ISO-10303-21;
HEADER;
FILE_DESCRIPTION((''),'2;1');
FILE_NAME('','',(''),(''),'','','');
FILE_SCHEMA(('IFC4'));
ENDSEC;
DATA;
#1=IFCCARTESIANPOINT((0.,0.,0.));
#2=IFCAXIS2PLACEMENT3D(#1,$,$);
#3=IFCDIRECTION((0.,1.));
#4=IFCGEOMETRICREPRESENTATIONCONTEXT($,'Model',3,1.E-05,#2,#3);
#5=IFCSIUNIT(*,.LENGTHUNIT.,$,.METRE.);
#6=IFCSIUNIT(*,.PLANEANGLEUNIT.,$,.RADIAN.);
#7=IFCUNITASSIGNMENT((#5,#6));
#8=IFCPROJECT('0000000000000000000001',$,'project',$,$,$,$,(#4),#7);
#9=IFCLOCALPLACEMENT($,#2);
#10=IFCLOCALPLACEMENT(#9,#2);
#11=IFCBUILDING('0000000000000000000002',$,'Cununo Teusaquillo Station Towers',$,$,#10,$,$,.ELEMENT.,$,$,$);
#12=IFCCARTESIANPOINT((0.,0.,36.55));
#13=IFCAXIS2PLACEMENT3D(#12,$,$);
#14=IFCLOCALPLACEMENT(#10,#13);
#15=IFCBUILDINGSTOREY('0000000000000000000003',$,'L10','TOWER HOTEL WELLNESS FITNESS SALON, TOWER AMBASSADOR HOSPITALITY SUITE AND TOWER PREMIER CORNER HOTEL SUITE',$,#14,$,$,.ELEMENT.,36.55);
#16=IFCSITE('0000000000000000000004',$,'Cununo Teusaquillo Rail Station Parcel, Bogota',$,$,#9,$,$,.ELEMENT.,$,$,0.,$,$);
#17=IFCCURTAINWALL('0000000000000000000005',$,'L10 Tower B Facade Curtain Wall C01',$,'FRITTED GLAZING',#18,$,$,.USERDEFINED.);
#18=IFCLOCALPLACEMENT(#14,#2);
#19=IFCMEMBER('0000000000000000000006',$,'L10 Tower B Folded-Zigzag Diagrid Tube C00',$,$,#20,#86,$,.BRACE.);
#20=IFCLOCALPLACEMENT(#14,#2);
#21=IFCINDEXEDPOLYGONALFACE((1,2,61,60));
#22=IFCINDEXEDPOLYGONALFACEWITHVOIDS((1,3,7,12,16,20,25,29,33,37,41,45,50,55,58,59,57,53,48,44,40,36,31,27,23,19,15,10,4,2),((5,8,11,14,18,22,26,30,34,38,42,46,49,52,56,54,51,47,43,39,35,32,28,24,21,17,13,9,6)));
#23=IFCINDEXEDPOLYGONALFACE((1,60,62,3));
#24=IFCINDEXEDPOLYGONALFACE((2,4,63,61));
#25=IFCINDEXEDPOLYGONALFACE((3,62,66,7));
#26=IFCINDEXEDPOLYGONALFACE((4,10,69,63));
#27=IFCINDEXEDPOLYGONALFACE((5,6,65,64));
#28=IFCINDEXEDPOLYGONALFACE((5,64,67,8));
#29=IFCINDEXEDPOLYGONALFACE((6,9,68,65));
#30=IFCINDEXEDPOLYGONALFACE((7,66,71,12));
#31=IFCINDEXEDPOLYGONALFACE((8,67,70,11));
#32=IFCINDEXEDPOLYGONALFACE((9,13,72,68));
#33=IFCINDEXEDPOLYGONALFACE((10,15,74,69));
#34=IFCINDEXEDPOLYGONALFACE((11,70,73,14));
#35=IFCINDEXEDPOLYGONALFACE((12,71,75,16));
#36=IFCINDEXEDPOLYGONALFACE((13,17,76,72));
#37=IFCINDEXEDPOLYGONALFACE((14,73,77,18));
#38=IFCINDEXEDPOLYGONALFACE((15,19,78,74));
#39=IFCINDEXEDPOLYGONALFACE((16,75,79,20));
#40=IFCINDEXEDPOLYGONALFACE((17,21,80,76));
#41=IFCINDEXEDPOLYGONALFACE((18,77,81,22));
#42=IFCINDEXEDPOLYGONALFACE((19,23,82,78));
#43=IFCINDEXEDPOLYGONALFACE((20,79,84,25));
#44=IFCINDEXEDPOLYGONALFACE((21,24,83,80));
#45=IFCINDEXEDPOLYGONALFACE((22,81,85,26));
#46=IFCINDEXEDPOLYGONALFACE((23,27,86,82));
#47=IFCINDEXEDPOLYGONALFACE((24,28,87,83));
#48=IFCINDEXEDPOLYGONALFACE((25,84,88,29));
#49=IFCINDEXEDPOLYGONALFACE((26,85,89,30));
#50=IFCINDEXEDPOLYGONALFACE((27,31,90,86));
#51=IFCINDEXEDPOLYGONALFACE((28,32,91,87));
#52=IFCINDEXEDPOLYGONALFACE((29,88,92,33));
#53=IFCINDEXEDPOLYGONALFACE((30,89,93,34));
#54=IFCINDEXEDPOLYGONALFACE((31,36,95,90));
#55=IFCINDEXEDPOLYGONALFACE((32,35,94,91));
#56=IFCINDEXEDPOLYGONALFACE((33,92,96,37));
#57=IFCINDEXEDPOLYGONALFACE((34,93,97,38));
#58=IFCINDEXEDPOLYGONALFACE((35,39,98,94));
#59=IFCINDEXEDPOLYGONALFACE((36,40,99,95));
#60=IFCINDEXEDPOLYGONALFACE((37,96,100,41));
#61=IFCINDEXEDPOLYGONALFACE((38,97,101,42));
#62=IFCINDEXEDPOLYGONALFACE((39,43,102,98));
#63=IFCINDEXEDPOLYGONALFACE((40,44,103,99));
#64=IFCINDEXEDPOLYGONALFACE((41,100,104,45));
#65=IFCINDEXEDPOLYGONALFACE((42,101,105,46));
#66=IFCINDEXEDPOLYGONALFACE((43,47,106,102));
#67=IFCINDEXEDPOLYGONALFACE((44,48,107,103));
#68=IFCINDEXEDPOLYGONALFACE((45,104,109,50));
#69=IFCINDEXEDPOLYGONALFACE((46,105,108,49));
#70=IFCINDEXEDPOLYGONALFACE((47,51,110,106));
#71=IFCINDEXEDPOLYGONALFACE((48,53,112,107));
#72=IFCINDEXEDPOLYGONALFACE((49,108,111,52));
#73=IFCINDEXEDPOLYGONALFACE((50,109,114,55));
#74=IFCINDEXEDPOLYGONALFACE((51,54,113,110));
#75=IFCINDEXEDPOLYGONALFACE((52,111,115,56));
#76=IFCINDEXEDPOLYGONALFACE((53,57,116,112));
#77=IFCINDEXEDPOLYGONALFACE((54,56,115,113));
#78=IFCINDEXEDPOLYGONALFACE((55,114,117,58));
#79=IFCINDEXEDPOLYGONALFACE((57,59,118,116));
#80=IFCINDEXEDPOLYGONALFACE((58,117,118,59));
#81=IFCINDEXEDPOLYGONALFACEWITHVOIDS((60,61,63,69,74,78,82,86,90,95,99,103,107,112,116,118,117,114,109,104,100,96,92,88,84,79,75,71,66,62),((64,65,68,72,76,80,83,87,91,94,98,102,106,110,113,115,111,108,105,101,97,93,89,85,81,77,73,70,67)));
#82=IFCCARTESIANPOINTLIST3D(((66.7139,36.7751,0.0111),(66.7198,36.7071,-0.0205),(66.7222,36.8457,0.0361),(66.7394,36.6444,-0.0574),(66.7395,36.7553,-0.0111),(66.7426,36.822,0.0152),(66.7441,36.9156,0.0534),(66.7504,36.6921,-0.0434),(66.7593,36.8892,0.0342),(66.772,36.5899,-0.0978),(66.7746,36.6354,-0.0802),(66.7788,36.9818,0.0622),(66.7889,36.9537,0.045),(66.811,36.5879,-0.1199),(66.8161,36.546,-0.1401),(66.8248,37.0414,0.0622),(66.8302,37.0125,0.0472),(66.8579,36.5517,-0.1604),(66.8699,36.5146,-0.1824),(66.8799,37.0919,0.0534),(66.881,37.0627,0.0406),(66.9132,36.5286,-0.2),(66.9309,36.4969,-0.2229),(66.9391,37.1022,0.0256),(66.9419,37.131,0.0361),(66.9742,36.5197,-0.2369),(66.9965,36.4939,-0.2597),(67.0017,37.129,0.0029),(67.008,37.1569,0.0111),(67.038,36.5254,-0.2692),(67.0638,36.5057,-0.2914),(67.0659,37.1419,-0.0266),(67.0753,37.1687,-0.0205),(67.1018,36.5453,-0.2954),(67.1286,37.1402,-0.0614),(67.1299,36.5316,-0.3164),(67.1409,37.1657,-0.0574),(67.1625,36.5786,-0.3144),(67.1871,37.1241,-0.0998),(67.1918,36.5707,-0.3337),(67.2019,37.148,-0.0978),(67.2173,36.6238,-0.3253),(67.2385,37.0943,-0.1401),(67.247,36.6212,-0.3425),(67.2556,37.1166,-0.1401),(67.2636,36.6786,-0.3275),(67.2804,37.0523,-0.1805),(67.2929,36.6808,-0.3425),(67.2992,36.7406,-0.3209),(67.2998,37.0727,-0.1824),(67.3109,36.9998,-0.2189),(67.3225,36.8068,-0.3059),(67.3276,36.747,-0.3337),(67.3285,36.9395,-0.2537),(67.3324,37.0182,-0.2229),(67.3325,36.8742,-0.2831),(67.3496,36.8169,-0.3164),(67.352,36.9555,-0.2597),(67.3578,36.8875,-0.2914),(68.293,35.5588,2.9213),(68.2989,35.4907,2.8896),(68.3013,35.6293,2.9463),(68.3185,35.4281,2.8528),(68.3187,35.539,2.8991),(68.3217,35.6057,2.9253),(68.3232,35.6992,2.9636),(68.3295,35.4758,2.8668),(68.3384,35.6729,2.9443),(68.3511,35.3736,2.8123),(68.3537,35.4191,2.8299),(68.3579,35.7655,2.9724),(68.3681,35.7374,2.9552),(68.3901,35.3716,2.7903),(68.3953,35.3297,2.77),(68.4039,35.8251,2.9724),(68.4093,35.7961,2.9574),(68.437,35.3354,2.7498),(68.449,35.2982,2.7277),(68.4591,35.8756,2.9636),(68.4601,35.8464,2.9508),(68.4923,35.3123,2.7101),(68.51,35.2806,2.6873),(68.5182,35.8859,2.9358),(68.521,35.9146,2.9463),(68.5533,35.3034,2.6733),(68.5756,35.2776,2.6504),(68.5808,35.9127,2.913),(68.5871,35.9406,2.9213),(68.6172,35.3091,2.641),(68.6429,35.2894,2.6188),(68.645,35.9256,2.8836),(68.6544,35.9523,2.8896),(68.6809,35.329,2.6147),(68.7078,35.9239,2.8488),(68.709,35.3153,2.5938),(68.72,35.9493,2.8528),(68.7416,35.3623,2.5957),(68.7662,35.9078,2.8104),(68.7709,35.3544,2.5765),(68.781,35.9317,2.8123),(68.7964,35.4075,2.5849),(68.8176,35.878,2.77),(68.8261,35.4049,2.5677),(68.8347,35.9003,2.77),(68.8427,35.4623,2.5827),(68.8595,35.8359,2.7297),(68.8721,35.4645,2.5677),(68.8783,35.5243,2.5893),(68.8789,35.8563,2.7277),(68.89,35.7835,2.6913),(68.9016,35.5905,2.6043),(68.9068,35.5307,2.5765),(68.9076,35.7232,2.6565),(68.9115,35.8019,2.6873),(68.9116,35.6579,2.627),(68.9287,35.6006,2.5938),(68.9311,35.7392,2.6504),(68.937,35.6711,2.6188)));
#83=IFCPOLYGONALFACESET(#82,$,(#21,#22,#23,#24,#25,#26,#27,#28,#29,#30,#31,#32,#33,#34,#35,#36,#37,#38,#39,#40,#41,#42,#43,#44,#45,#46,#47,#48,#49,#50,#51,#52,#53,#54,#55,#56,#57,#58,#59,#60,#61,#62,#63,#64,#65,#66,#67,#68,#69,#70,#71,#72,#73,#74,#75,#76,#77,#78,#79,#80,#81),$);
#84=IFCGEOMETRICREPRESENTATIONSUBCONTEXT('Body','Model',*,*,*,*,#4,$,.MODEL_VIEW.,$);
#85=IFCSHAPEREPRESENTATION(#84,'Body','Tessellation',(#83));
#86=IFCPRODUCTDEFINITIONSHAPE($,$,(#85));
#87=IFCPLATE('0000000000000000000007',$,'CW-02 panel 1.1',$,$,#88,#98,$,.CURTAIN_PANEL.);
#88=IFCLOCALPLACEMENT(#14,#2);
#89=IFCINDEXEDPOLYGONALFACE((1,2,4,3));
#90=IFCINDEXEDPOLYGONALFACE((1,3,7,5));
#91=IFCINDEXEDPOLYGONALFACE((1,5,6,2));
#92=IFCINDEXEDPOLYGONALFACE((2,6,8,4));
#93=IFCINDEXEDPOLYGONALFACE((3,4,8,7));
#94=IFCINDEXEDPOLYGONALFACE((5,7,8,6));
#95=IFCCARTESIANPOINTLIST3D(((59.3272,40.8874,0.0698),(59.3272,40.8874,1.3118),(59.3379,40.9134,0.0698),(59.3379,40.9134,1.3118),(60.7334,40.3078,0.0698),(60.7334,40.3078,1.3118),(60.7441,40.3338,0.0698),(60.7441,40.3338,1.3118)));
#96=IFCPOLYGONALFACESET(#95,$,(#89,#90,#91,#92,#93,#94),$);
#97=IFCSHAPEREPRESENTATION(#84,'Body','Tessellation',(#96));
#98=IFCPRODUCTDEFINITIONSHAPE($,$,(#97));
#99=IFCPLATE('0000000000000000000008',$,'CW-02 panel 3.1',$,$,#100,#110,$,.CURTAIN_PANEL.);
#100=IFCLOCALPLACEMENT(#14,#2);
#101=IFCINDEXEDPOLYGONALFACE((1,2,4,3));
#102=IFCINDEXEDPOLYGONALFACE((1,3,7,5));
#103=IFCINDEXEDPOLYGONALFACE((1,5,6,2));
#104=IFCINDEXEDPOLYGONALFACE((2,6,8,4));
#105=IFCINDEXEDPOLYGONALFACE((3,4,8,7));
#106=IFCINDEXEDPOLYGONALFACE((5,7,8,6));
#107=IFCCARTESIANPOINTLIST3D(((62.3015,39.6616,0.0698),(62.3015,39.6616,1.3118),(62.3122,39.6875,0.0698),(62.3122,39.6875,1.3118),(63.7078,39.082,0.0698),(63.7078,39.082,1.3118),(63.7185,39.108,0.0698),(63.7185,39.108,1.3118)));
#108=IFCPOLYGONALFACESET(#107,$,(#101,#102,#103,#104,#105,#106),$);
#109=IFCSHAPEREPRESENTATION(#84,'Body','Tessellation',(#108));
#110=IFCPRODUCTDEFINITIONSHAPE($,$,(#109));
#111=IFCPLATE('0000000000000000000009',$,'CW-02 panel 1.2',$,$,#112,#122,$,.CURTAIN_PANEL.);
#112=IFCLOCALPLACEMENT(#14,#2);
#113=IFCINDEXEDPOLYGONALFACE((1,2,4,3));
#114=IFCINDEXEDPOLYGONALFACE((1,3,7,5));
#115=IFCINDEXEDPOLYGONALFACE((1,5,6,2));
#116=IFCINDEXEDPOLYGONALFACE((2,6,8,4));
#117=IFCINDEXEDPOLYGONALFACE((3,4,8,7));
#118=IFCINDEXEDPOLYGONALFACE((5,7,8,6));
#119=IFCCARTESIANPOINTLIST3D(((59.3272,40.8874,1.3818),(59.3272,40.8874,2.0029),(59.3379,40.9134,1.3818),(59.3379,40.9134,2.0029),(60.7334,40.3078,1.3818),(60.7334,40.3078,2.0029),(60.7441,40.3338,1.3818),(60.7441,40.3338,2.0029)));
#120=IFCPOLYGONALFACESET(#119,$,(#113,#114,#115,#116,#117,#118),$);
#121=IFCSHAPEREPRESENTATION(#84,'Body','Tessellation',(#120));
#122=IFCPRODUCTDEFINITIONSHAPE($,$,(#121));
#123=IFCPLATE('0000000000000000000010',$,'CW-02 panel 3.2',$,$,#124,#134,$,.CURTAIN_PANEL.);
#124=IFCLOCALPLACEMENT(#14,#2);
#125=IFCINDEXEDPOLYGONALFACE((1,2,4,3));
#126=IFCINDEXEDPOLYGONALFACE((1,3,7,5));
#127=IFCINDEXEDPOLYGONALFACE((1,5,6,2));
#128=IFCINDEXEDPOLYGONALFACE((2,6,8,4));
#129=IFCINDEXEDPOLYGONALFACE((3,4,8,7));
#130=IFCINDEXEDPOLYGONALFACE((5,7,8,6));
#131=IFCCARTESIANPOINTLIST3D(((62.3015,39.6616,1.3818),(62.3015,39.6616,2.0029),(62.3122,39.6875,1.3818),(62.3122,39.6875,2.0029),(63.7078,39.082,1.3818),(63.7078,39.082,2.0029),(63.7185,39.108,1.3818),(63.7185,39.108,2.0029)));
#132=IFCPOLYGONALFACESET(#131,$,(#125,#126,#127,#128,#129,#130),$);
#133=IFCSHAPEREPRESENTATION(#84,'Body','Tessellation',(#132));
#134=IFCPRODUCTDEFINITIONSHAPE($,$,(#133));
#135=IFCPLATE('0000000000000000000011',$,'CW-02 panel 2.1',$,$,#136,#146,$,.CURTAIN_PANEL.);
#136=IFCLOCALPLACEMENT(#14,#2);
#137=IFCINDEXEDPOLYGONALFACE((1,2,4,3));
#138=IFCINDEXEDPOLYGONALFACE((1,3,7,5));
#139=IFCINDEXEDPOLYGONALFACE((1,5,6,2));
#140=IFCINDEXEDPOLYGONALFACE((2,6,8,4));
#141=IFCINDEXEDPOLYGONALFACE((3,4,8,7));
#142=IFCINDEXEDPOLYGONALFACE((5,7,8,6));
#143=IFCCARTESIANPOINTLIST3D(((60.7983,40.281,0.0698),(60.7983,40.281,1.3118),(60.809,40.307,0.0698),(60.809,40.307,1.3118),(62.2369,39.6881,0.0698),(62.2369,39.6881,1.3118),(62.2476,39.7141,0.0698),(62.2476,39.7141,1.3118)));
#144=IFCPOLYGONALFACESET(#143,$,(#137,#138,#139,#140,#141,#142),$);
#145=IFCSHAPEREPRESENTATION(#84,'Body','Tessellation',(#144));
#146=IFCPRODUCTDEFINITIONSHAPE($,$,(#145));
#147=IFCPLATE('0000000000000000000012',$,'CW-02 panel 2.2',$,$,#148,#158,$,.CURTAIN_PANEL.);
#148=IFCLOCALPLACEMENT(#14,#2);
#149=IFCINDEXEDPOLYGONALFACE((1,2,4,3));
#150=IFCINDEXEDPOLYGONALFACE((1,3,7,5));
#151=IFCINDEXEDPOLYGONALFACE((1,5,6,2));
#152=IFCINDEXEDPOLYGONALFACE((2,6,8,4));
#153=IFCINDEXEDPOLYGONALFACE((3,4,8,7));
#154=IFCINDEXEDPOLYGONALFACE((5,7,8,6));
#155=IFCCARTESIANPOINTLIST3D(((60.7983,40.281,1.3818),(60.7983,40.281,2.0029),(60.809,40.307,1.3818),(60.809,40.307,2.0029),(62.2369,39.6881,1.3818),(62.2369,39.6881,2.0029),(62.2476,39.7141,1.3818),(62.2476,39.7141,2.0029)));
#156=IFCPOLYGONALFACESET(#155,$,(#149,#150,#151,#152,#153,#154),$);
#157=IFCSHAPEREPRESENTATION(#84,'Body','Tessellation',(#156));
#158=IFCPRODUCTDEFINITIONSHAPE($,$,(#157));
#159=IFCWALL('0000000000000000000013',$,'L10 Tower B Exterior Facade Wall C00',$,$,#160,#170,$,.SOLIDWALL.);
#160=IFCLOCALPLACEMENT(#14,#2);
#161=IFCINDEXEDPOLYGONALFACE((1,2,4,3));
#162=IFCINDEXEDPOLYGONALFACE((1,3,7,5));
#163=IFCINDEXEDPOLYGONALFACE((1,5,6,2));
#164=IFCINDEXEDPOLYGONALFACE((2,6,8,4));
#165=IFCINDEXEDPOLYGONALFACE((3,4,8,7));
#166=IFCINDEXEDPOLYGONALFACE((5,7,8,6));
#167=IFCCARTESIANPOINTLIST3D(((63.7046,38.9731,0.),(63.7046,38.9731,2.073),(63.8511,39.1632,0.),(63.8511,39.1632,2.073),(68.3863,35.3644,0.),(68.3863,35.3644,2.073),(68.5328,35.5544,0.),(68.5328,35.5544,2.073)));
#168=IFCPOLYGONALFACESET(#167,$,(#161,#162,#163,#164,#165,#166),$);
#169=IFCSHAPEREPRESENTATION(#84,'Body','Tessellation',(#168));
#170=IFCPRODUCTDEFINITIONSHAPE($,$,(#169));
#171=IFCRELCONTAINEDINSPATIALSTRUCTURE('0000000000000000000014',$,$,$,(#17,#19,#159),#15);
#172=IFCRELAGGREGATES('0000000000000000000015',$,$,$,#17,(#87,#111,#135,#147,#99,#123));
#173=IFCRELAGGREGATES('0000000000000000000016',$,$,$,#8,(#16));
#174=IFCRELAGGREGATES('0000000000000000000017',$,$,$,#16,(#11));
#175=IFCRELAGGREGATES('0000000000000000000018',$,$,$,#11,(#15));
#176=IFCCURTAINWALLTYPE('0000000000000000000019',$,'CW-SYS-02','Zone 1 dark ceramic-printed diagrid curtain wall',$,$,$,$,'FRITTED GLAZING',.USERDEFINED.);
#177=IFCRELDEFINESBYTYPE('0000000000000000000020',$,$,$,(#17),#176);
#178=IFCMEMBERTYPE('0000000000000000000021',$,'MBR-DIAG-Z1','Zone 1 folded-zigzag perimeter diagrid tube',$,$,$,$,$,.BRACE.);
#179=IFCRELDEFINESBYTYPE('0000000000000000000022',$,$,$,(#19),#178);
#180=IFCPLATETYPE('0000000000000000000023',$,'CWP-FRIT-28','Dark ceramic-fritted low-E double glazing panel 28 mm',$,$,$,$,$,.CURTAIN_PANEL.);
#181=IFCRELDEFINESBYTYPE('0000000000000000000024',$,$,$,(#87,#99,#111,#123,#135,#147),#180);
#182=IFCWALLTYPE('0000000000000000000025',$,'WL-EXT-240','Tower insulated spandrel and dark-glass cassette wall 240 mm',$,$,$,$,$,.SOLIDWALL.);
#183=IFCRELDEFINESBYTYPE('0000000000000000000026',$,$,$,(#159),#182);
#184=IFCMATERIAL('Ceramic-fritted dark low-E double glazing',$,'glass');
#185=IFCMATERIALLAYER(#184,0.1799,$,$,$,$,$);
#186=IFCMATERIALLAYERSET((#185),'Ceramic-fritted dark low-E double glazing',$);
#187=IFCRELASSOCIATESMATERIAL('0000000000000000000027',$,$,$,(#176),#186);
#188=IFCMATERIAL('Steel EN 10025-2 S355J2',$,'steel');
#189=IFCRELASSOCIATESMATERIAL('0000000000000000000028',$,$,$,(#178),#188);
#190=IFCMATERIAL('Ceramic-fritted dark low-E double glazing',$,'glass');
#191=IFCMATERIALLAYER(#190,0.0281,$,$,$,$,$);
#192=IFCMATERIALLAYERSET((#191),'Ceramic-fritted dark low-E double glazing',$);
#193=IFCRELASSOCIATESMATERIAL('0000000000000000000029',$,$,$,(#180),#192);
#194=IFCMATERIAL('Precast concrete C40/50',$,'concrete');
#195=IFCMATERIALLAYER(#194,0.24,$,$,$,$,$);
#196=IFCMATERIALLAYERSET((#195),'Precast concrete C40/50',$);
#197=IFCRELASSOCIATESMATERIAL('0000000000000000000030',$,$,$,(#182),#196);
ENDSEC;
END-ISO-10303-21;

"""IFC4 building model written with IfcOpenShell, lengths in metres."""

from ifc_helpers import new_model, si_unit, direction, frame, frame_2d, origin, origin_2d, place, context, subcontext, project, spatial, rectangle, hollow_circle, extrude, source, transform, mapped, material, layer, layer_set, material_profile, profile_set, type_object, element, aggregate, save


model = new_model("IFC4")

# Units and contexts
model_context = context("Model", 3, precision=1e-05, world=origin(), true_north=direction((0.0, 1.0)))
body_context = subcontext(model_context, "Body", "Model", "MODEL_VIEW")
ifc_project = project(units=[si_unit("LENGTHUNIT", "METRE"), si_unit("PLANEANGLEUNIT", "RADIAN")], contexts=[model_context])

# Site, building, storey
site_placement = place(None, origin())
site = spatial("IfcSite", under=ifc_project, at=site_placement, Name="Cununo Teusaquillo Rail Station Parcel, Bogota", CompositionType="ELEMENT", RefElevation=0.0)
building_placement = place(site_placement, origin())
building = spatial("IfcBuilding", under=site, at=building_placement, Name="Cununo Teusaquillo Station Towers", CompositionType="ELEMENT")
storey_placement = place(building_placement, frame((0.0, 0.0, 36.55)))
storey = spatial("IfcBuildingStorey", under=building, at=storey_placement, Name="L10", Description="TOWER HOTEL WELLNESS FITNESS SALON, TOWER AMBASSADOR HOSPITALITY SUITE AND TOWER PREMIER CORNER HOTEL SUITE", CompositionType="ELEMENT", Elevation=36.55)

# Curtain wall
ifc_material_1 = material(Name="Ceramic-fritted dark low-E double glazing", Category="glass")
ifc_layer_1 = layer(ifc_material_1, 0.1799)
ifc_layer_set_1 = layer_set([ifc_layer_1], Name="Ceramic-fritted dark low-E double glazing")
curtain_wall_type = type_object("IfcCurtainWallType", Name="CW-SYS-02", Description="Zone 1 dark ceramic-printed diagrid curtain wall", ElementType="FRITTED GLAZING", PredefinedType="USERDEFINED", material=ifc_layer_set_1)
curtain_wall_placement = place(storey_placement, origin())
curtain_wall = element("IfcCurtainWall", 1, at=curtain_wall_placement, inside=storey, type_object=curtain_wall_type, Name="L10 Tower B Facade Curtain Wall C01", ObjectType="FRITTED GLAZING", PredefinedType="USERDEFINED")

# Member
ifc_material_2 = material(Name="Steel EN 10025-2 S355J2", Category="steel")
ifc_material_profile_1 = material_profile(ifc_material_2, hollow_circle(Radius=0.3601, WallThickness=0.0281, at=origin_2d()), Name="CHS 720x28")
ifc_profile_set_1 = profile_set([ifc_material_profile_1], Name="Steel EN 10025-2 S355J2")
member_type_1 = type_object("IfcMemberType", Name="MBR-DIAG-Z1", Description="Zone 1 folded-zigzag perimeter diagrid tube", PredefinedType="BRACE", material=ifc_profile_set_1)
member_1_placement = place(storey_placement, frame((67.0359, 36.8313, -0.1401), z_axis=(0.447678, -0.344825, 0.825034), x_axis=(0.61022, 0.792232, 0.0)))
element("IfcMember", 2, at=member_1_placement, inside=storey, type_object=member_type_1, Name="L10 Tower B Folded-Zigzag Diagrid Tube C00", PredefinedType="BRACE", context=body_context, shape_type="SweptSolid", body=[
    extrude(hollow_circle(Radius=0.3601, WallThickness=0.0281, at=origin_2d()), origin(), (0.0, 0.0, 1.0), 3.5273),
])

# Plates
ifc_material_3 = material(Name="Ceramic-fritted dark low-E double glazing", Category="glass")
ifc_layer_2 = layer(ifc_material_3, 0.0281)
ifc_layer_set_2 = layer_set([ifc_layer_2], Name="Ceramic-fritted dark low-E double glazing")
plate_type = type_object("IfcPlateType", Name="CWP-FRIT-28", Description="Dark ceramic-fritted low-E double glazing panel 28 mm", PredefinedType="CURTAIN_PANEL", material=ifc_layer_set_2)
shared_shape_1 = source(origin(), body_context, "Body", "SweptSolid", [
    extrude(rectangle(XDim=1.521, YDim=0.0281, at=origin_2d()), origin(), (0.0, 0.0, 1.0), 1.2419),
])
plate_1_placement = place(storey_placement, frame((60.0356, 40.6106, 0.0698), z_axis=(0.0, 0.0, 1.0), x_axis=(0.924552, -0.381055, 0.0)))
plate_1 = element("IfcPlate", 3, at=plate_1_placement, type_object=plate_type, Name="CW-02 panel 1.1", PredefinedType="CURTAIN_PANEL", context=body_context, shape_type="MappedRepresentation", body=[
    mapped(shared_shape_1, transform((0.0, 0.0, 0.0), x_axis=(1.0, 0.0, 0.0), y_axis=(0.0, 1.0, 0.0), z_axis=(0.0, 0.0, 1.0), scale=1.0)),
])
plate_2_placement = place(storey_placement, frame((63.01, 39.3848, 0.0698), z_axis=(0.0, 0.0, 1.0), x_axis=(0.924552, -0.381055, 0.0)))
plate_2 = element("IfcPlate", 4, at=plate_2_placement, type_object=plate_type, Name="CW-02 panel 3.1", PredefinedType="CURTAIN_PANEL", context=body_context, shape_type="MappedRepresentation", body=[
    mapped(shared_shape_1, transform((0.0, 0.0, 0.0), x_axis=(1.0, 0.0, 0.0), y_axis=(0.0, 1.0, 0.0), z_axis=(0.0, 0.0, 1.0), scale=1.0)),
])
shared_shape_2 = source(origin(), body_context, "Body", "SweptSolid", [
    extrude(rectangle(XDim=1.521, YDim=0.0281, at=origin_2d()), origin(), (0.0, 0.0, 1.0), 0.6211),
])
plate_3_placement = place(storey_placement, frame((60.0356, 40.6106, 1.3818), z_axis=(0.0, 0.0, 1.0), x_axis=(0.924552, -0.381055, 0.0)))
plate_3 = element("IfcPlate", 5, at=plate_3_placement, type_object=plate_type, Name="CW-02 panel 1.2", PredefinedType="CURTAIN_PANEL", context=body_context, shape_type="MappedRepresentation", body=[
    mapped(shared_shape_2, transform((0.0, 0.0, 0.0), x_axis=(1.0, 0.0, 0.0), y_axis=(0.0, 1.0, 0.0), z_axis=(0.0, 0.0, 1.0), scale=1.0)),
])
plate_4_placement = place(storey_placement, frame((63.01, 39.3848, 1.3818), z_axis=(0.0, 0.0, 1.0), x_axis=(0.924552, -0.381055, 0.0)))
plate_4 = element("IfcPlate", 6, at=plate_4_placement, type_object=plate_type, Name="CW-02 panel 3.2", PredefinedType="CURTAIN_PANEL", context=body_context, shape_type="MappedRepresentation", body=[
    mapped(shared_shape_2, transform((0.0, 0.0, 0.0), x_axis=(1.0, 0.0, 0.0), y_axis=(0.0, 1.0, 0.0), z_axis=(0.0, 0.0, 1.0), scale=1.0)),
])
shared_shape_3 = source(origin(), body_context, "Body", "SweptSolid", [
    extrude(rectangle(XDim=1.5559, YDim=0.0281, at=origin_2d()), origin(), (0.0, 0.0, 1.0), 1.2419),
])
plate_5_placement = place(storey_placement, frame((61.5229, 39.9976, 0.0698), z_axis=(0.0, 0.0, 1.0), x_axis=(0.924552, -0.381055, 0.0)))
plate_5 = element("IfcPlate", 7, at=plate_5_placement, type_object=plate_type, Name="CW-02 panel 2.1", PredefinedType="CURTAIN_PANEL", context=body_context, shape_type="MappedRepresentation", body=[
    mapped(shared_shape_3, transform((0.0, 0.0, 0.0), x_axis=(1.0, 0.0, 0.0), y_axis=(0.0, 1.0, 0.0), z_axis=(0.0, 0.0, 1.0), scale=1.0)),
])
shared_shape_4 = source(origin(), body_context, "Body", "SweptSolid", [
    extrude(rectangle(XDim=1.5559, YDim=0.0281, at=origin_2d()), origin(), (0.0, 0.0, 1.0), 0.6211),
])
plate_6_placement = place(storey_placement, frame((61.5229, 39.9976, 1.3818), z_axis=(0.0, 0.0, 1.0), x_axis=(0.924552, -0.381055, 0.0)))
plate_6 = element("IfcPlate", 8, at=plate_6_placement, type_object=plate_type, Name="CW-02 panel 2.2", PredefinedType="CURTAIN_PANEL", context=body_context, shape_type="MappedRepresentation", body=[
    mapped(shared_shape_4, transform((0.0, 0.0, 0.0), x_axis=(1.0, 0.0, 0.0), y_axis=(0.0, 1.0, 0.0), z_axis=(0.0, 0.0, 1.0), scale=1.0)),
])
aggregate(curtain_wall, [plate_1, plate_3, plate_5, plate_6, plate_2, plate_4])

# Wall
ifc_material_4 = material(Name="Precast concrete C40/50", Category="concrete")
ifc_layer_3 = layer(ifc_material_4, 0.24)
ifc_layer_set_3 = layer_set([ifc_layer_3], Name="Precast concrete C40/50")
wall_type_1 = type_object("IfcWallType", Name="WL-EXT-240", Description="Tower insulated spandrel and dark-glass cassette wall 240 mm", PredefinedType="SOLIDWALL", material=ifc_layer_set_3)
wall_1_placement = place(storey_placement, frame((63.7778, 39.0681, 0.0), z_axis=(0.0, 0.0, 1.0), x_axis=(0.79202, -0.610495, 0.0)))
element("IfcWall", 9, at=wall_1_placement, inside=storey, type_object=wall_type_1, Name="L10 Tower B Exterior Facade Wall C00", PredefinedType="SOLIDWALL", context=body_context, shape_type="SweptSolid", body=[
    extrude(rectangle(XDim=5.9111, YDim=0.24, at=frame_2d((2.9556, 0.0))), origin(), (0.0, 0.0, 1.0), 2.073),
])

save(model, "model.ifc")
